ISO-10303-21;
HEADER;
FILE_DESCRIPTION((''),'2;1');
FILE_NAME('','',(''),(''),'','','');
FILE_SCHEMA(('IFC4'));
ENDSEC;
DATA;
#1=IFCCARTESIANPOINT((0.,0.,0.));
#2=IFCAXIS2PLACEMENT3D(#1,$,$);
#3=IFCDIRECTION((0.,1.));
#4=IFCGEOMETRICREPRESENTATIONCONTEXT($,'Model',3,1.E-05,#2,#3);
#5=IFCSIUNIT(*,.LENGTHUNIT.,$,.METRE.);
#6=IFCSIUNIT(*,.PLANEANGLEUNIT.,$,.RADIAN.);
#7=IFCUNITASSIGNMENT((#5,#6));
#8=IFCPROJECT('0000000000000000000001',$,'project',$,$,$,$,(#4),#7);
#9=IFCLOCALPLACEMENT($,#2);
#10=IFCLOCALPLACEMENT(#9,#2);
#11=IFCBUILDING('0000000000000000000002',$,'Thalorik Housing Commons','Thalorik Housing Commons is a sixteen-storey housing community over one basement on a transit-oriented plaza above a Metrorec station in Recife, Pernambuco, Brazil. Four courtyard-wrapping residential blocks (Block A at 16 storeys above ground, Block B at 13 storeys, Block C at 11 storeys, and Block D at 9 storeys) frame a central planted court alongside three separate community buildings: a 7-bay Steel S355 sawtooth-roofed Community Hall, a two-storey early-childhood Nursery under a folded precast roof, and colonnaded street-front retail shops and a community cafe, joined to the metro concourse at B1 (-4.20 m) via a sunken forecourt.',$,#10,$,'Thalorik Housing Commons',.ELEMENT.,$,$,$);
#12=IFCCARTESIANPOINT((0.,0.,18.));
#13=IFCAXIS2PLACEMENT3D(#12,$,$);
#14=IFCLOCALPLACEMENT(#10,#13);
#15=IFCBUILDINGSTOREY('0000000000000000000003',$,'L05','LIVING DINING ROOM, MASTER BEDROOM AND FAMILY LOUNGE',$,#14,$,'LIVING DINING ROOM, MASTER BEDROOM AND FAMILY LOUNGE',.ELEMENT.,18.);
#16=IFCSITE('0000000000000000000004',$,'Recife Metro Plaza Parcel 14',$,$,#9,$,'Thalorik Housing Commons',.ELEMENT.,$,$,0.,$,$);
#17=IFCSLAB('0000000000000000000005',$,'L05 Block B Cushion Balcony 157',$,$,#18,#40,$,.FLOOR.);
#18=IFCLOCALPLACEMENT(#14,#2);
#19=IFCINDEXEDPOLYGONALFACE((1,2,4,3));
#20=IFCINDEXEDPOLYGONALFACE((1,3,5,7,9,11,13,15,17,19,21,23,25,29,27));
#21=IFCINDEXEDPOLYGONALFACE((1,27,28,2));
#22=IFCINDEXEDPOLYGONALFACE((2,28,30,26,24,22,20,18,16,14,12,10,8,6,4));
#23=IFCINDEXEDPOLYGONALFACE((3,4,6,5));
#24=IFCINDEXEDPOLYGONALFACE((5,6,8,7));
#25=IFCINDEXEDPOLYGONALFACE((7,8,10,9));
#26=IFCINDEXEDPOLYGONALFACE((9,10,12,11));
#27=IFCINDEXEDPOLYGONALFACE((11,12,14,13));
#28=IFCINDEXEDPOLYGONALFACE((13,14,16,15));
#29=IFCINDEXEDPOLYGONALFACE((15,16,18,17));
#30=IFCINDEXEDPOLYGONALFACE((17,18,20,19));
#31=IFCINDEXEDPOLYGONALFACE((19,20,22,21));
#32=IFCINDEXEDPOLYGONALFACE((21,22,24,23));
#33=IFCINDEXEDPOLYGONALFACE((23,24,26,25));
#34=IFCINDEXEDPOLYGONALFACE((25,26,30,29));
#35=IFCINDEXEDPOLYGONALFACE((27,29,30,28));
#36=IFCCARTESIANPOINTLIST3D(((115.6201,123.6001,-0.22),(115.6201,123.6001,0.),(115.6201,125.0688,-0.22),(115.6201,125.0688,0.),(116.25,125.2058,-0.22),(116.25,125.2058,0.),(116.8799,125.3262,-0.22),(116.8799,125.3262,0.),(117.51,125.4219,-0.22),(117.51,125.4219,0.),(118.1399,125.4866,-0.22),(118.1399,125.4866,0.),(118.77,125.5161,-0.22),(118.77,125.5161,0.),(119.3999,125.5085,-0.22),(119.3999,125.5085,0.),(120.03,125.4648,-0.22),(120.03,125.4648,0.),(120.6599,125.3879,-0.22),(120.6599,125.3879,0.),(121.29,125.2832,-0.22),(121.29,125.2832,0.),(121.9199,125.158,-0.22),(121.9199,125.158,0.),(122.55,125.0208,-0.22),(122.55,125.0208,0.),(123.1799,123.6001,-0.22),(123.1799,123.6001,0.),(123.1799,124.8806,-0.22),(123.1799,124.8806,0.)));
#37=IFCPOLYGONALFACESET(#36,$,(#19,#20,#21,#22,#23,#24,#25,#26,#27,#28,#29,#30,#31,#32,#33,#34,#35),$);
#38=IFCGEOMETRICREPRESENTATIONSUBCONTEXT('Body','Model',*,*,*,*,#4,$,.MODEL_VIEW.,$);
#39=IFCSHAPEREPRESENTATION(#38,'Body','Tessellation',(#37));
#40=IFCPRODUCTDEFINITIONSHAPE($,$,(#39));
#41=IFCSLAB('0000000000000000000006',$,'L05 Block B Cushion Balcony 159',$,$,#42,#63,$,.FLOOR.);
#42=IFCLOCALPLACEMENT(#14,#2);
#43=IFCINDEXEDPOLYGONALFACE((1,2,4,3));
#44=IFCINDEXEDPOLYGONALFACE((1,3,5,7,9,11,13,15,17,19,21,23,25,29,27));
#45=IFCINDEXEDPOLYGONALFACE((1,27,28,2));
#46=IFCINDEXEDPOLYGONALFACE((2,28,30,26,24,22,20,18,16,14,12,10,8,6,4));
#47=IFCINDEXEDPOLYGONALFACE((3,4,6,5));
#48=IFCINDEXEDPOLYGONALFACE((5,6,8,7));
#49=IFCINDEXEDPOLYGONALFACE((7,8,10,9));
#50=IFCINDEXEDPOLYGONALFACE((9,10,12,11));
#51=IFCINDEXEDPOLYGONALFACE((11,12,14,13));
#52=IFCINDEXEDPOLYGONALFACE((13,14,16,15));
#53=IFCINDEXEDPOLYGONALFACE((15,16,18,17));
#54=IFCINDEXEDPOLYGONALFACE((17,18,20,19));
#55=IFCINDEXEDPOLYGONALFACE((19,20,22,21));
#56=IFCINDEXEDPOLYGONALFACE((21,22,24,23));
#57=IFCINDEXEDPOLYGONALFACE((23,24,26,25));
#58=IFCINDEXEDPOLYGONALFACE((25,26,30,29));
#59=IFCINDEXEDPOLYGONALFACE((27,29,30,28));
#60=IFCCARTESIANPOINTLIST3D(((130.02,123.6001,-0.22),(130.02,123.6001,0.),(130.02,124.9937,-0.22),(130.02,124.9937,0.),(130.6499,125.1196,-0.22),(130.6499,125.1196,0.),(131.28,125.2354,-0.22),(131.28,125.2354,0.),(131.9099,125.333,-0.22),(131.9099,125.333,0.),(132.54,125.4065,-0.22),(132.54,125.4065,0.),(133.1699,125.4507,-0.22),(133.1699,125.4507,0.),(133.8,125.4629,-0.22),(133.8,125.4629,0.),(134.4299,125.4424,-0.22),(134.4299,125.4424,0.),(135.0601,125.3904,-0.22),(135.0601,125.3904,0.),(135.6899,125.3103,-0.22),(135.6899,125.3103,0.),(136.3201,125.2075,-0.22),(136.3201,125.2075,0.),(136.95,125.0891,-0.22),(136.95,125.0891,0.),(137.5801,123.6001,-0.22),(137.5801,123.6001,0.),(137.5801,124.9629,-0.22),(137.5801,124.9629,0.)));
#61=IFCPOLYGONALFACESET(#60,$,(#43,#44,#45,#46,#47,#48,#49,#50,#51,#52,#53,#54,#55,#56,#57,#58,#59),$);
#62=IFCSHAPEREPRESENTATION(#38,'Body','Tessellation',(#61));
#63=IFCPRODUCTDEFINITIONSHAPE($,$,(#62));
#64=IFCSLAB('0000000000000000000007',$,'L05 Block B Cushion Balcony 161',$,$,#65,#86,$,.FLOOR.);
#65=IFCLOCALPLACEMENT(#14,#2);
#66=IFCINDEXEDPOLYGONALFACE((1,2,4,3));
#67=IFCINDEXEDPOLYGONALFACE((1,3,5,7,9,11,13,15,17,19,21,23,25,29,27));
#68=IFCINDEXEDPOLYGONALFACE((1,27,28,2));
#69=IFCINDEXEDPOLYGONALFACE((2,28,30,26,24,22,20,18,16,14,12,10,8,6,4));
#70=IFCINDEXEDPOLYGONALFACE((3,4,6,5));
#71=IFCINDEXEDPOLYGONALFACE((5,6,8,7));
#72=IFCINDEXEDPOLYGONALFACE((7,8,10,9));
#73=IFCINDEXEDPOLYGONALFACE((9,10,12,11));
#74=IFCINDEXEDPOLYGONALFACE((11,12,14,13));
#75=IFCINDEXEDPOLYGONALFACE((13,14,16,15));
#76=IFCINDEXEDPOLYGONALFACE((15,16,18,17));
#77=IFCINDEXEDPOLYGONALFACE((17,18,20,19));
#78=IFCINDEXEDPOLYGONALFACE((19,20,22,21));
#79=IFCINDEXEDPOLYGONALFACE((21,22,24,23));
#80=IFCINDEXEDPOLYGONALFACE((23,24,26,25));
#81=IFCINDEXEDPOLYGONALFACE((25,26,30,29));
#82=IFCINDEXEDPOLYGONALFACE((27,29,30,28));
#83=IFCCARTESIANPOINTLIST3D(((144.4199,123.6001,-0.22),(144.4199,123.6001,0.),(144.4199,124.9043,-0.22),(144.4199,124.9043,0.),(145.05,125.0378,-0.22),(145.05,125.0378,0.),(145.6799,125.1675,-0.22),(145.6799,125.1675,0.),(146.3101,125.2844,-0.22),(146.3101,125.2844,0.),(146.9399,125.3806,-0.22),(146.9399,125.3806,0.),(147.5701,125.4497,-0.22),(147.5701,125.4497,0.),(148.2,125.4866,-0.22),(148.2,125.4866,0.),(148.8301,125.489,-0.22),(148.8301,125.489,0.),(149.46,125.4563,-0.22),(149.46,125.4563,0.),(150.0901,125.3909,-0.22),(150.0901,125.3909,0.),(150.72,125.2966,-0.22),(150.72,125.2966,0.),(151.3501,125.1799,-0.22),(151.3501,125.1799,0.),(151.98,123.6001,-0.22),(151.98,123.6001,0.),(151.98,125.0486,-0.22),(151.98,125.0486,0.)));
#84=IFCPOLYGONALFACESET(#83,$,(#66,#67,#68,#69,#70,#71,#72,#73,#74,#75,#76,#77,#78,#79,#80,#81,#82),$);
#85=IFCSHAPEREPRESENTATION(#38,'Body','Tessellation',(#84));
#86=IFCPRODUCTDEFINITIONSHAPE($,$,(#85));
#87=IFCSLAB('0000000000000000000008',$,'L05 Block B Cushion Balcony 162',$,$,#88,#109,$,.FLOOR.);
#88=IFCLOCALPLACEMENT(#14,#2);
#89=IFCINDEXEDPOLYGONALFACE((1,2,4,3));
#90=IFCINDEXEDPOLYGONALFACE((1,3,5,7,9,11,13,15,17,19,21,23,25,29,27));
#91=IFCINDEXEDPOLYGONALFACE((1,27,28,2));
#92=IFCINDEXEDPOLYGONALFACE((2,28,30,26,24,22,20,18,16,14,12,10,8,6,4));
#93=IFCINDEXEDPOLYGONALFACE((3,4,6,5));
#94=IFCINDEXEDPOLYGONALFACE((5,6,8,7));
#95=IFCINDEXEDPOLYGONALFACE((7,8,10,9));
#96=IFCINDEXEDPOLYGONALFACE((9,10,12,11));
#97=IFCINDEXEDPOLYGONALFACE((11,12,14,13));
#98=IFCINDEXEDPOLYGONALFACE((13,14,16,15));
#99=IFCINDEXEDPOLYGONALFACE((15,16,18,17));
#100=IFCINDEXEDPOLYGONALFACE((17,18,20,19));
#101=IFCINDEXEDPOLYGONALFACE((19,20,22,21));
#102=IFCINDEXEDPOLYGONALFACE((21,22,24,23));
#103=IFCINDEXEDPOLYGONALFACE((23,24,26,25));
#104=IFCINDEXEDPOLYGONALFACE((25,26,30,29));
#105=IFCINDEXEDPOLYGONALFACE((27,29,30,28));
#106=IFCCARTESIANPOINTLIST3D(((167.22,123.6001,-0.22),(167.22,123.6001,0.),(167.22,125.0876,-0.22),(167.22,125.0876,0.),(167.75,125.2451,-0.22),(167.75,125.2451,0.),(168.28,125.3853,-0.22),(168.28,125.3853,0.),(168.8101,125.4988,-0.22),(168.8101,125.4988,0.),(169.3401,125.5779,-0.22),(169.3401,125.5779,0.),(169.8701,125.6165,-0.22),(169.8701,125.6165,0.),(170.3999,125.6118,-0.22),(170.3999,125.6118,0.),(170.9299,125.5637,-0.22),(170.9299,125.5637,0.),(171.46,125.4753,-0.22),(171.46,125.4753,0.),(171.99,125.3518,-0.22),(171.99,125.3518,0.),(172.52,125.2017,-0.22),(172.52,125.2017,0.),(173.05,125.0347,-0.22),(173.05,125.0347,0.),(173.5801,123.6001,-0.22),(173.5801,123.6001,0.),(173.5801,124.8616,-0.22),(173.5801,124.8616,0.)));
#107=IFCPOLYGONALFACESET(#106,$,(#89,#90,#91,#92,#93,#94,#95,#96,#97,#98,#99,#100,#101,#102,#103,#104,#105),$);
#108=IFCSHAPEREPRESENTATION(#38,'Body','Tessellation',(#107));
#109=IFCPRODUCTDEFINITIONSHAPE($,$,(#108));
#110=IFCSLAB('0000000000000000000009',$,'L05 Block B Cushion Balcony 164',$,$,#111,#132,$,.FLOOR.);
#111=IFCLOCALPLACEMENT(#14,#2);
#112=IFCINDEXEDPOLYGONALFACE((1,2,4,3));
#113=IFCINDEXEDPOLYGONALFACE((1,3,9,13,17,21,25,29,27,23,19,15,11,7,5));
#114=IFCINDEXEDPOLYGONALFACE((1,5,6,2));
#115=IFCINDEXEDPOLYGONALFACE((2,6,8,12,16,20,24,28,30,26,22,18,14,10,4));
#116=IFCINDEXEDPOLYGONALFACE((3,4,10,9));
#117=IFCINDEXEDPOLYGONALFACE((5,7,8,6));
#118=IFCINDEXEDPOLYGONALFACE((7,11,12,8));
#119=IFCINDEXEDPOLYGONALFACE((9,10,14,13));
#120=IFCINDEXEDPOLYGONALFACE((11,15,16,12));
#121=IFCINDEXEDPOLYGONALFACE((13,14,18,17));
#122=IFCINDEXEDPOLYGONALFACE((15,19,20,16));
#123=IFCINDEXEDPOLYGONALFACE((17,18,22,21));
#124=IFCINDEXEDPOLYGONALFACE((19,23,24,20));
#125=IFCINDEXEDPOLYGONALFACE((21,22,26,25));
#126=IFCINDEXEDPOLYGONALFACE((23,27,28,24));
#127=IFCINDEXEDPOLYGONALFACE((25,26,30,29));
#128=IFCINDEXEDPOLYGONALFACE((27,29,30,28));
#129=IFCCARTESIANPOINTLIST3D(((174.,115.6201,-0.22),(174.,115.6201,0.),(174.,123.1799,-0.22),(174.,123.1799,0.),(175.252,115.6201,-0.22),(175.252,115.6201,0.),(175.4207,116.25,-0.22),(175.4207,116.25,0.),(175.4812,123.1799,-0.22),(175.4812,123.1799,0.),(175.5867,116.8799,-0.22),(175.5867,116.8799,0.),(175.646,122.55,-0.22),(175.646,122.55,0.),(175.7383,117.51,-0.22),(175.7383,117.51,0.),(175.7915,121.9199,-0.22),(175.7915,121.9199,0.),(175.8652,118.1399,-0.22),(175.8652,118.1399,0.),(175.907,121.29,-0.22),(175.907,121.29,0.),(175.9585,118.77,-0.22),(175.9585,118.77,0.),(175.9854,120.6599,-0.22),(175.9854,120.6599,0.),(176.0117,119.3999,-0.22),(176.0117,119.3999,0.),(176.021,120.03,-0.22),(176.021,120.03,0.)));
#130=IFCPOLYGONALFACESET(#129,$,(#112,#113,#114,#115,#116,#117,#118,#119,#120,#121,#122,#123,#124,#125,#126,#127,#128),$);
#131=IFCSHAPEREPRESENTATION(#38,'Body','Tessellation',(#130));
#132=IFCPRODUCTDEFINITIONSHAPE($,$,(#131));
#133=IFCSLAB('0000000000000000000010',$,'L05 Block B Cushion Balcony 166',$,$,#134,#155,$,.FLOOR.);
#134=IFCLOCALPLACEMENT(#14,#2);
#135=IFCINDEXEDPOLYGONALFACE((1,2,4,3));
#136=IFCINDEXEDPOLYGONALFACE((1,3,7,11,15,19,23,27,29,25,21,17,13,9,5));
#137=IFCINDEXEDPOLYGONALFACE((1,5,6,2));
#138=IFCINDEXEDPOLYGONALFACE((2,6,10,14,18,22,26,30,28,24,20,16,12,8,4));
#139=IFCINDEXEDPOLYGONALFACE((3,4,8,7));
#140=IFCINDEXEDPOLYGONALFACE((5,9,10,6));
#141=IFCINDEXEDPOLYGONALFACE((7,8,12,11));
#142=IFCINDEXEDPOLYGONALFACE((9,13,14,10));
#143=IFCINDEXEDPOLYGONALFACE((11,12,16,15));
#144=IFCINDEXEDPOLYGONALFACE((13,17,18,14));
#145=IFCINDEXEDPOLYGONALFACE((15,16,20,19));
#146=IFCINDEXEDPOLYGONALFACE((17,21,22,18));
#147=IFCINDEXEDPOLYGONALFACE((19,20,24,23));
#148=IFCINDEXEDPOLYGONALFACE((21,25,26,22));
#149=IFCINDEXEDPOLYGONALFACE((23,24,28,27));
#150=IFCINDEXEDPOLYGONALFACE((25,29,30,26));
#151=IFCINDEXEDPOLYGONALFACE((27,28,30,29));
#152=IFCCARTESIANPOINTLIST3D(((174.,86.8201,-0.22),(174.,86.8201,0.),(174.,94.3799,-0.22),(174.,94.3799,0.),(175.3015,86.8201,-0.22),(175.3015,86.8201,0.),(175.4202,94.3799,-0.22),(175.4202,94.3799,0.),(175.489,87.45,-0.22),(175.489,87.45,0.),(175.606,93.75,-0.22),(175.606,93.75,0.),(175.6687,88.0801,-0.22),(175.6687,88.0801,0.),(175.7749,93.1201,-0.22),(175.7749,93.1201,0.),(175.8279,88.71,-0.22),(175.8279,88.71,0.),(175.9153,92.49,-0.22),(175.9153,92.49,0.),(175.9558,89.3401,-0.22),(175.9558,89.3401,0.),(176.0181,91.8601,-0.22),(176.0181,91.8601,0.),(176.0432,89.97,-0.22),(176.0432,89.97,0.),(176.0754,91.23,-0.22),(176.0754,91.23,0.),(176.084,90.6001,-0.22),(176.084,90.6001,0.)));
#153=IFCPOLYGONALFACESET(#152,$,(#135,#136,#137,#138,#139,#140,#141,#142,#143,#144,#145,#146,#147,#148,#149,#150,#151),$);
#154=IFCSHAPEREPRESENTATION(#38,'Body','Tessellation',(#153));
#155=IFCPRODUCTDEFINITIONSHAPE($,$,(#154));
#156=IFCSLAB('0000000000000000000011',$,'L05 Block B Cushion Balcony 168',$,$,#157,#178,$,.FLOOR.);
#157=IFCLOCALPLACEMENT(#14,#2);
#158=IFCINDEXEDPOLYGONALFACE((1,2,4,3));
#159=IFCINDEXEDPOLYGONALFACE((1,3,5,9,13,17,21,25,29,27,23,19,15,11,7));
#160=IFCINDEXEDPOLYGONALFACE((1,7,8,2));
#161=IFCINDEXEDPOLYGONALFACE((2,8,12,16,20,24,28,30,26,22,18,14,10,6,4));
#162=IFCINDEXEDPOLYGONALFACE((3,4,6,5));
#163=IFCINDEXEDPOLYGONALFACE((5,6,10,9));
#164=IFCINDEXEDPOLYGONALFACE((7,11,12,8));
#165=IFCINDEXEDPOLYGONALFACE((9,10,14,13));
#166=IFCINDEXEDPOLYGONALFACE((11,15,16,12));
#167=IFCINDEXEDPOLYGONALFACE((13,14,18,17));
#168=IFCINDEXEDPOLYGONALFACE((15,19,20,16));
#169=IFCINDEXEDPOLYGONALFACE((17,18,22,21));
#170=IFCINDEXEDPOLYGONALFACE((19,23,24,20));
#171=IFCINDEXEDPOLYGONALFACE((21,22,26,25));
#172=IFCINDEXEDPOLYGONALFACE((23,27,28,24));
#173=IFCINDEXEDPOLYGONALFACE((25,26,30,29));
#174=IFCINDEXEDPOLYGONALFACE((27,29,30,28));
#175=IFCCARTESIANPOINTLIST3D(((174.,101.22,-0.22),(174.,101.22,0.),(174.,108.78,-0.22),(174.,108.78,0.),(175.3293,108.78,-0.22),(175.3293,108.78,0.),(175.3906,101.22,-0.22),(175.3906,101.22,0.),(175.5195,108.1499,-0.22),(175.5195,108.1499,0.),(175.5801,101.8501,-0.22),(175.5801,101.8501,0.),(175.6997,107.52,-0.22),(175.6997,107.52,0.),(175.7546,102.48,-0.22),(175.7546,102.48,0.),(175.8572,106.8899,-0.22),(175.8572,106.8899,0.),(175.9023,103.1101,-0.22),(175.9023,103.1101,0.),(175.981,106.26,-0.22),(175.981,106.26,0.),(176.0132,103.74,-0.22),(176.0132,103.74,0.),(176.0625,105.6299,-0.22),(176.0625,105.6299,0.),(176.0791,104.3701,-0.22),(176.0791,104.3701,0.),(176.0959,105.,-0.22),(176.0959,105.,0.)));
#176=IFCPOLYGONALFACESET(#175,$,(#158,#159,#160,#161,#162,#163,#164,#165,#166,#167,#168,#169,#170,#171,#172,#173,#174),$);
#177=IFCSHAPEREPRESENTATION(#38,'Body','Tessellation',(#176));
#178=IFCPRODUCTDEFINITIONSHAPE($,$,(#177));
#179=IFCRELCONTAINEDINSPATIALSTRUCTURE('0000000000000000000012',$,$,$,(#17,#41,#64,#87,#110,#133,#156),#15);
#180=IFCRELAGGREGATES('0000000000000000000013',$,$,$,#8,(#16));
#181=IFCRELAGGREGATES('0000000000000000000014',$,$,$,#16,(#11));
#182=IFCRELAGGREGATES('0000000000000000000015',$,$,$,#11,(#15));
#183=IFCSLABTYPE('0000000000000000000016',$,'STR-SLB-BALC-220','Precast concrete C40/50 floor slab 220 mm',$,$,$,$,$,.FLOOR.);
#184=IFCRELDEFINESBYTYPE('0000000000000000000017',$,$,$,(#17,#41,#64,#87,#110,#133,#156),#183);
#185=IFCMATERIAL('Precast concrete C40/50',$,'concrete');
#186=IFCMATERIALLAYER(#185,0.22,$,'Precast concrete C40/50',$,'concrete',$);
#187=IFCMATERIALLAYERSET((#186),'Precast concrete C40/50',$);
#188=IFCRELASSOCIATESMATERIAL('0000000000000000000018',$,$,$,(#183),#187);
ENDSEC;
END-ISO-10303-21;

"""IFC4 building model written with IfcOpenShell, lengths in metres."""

from ifc_helpers import new_model, si_unit, direction, frame, origin, place, context, subcontext, project, spatial, polyline, outline, extrude, material, layer, layer_set, type_object, element, save


model = new_model("IFC4")

# Units and contexts
model_context = context("Model", 3, precision=1e-05, world=origin(), true_north=direction((0.0, 1.0)))
body_context = subcontext(model_context, "Body", "Model", "MODEL_VIEW")
ifc_project = project(units=[si_unit("LENGTHUNIT", "METRE"), si_unit("PLANEANGLEUNIT", "RADIAN")], contexts=[model_context])

# Site, building, storey
site_placement = place(None, origin())
site = spatial("IfcSite", under=ifc_project, at=site_placement, Name="Recife Metro Plaza Parcel 14", LongName="Thalorik Housing Commons", CompositionType="ELEMENT", RefElevation=0.0)
building_placement = place(site_placement, origin())
building = spatial("IfcBuilding", under=site, at=building_placement, Name="Thalorik Housing Commons", Description="Thalorik Housing Commons is a sixteen-storey housing community over one basement on a transit-oriented plaza above a Metrorec station in Recife, Pernambuco, Brazil. Four courtyard-wrapping residential blocks (Block A at 16 storeys above ground, Block B at 13 storeys, Block C at 11 storeys, and Block D at 9 storeys) frame a central planted court alongside three separate community buildings: a 7-bay Steel S355 sawtooth-roofed Community Hall, a two-storey early-childhood Nursery under a folded precast roof, and colonnaded street-front retail shops and a community cafe, joined to the metro concourse at B1 (-4.20 m) via a sunken forecourt.", LongName="Thalorik Housing Commons", CompositionType="ELEMENT")
storey_placement = place(building_placement, frame((0.0, 0.0, 18.0)))
storey = spatial("IfcBuildingStorey", under=building, at=storey_placement, Name="L05", Description="LIVING DINING ROOM, MASTER BEDROOM AND FAMILY LOUNGE", LongName="LIVING DINING ROOM, MASTER BEDROOM AND FAMILY LOUNGE", CompositionType="ELEMENT", Elevation=18.0)

# Slabs
ifc_material_1 = material(Name="Precast concrete C40/50", Category="concrete")
ifc_layer_1 = layer(ifc_material_1, 0.22, Name="Precast concrete C40/50", Category="concrete")
ifc_layer_set_1 = layer_set([ifc_layer_1], Name="Precast concrete C40/50")
slab_type_1 = type_object("IfcSlabType", Name="STR-SLB-BALC-220", Description="Precast concrete C40/50 floor slab 220 mm", PredefinedType="FLOOR", material=ifc_layer_set_1)
slab_1_placement = place(storey_placement, frame((0.0, 0.0, -0.22)))
element("IfcSlab", 1, at=slab_1_placement, inside=storey, type_object=slab_type_1, Name="L05 Block B Cushion Balcony 157", PredefinedType="FLOOR", context=body_context, shape_type="SweptSolid", body=[
    extrude(outline(polyline([(115.6201, 123.6001), (123.1799, 123.6001), (123.1799, 124.8806), (122.55, 125.0208), (121.9199, 125.158), (121.29, 125.2832), (120.6599, 125.3879), (120.03, 125.4648), (119.3999, 125.5085), (118.77, 125.5161), (118.1399, 125.4866), (117.51, 125.4219), (116.8799, 125.3262), (116.25, 125.2058), (115.6201, 125.0688), (115.6201, 123.6001)])), origin(), (0.0, 0.0, 1.0), 0.22),
])
slab_2_placement = place(storey_placement, frame((0.0, 0.0, -0.22)))
element("IfcSlab", 2, at=slab_2_placement, inside=storey, type_object=slab_type_1, Name="L05 Block B Cushion Balcony 159", PredefinedType="FLOOR", context=body_context, shape_type="SweptSolid", body=[
    extrude(outline(polyline([(130.02, 123.6001), (137.5801, 123.6001), (137.5801, 124.9629), (136.95, 125.0891), (136.3201, 125.2075), (135.6899, 125.3103), (135.0601, 125.3904), (134.4299, 125.4424), (133.8, 125.4629), (133.1699, 125.4507), (132.54, 125.4065), (131.9099, 125.333), (131.28, 125.2354), (130.6499, 125.1196), (130.02, 124.9937), (130.02, 123.6001)])), origin(), (0.0, 0.0, 1.0), 0.22),
])
slab_3_placement = place(storey_placement, frame((0.0, 0.0, -0.22)))
element("IfcSlab", 3, at=slab_3_placement, inside=storey, type_object=slab_type_1, Name="L05 Block B Cushion Balcony 161", PredefinedType="FLOOR", context=body_context, shape_type="SweptSolid", body=[
    extrude(outline(polyline([(144.4199, 123.6001), (151.98, 123.6001), (151.98, 125.0486), (151.3501, 125.1799), (150.72, 125.2966), (150.0901, 125.3909), (149.46, 125.4563), (148.8301, 125.489), (148.2, 125.4866), (147.5701, 125.4497), (146.9399, 125.3806), (146.3101, 125.2844), (145.6799, 125.1675), (145.05, 125.0378), (144.4199, 124.9043), (144.4199, 123.6001)])), origin(), (0.0, 0.0, 1.0), 0.22),
])
slab_4_placement = place(storey_placement, frame((0.0, 0.0, -0.22)))
element("IfcSlab", 4, at=slab_4_placement, inside=storey, type_object=slab_type_1, Name="L05 Block B Cushion Balcony 162", PredefinedType="FLOOR", context=body_context, shape_type="SweptSolid", body=[
    extrude(outline(polyline([(167.22, 123.6001), (173.5801, 123.6001), (173.5801, 124.8616), (173.05, 125.0347), (172.52, 125.2017), (171.99, 125.3518), (171.46, 125.4753), (170.9299, 125.5637), (170.3999, 125.6118), (169.8701, 125.6165), (169.3401, 125.5779), (168.8101, 125.4988), (168.28, 125.3853), (167.75, 125.2451), (167.22, 125.0876), (167.22, 123.6001)])), origin(), (0.0, 0.0, 1.0), 0.22),
])
slab_5_placement = place(storey_placement, frame((0.0, 0.0, -0.22)))
element("IfcSlab", 5, at=slab_5_placement, inside=storey, type_object=slab_type_1, Name="L05 Block B Cushion Balcony 164", PredefinedType="FLOOR", context=body_context, shape_type="SweptSolid", body=[
    extrude(outline(polyline([(175.252, 115.6201), (175.4207, 116.25), (175.5867, 116.8799), (175.7383, 117.51), (175.8652, 118.1399), (175.9585, 118.77), (176.0117, 119.3999), (176.021, 120.03), (175.9854, 120.6599), (175.907, 121.29), (175.7915, 121.9199), (175.646, 122.55), (175.4812, 123.1799), (174.0, 123.1799), (174.0, 115.6201), (175.252, 115.6201)])), origin(), (0.0, 0.0, 1.0), 0.22),
])
slab_6_placement = place(storey_placement, frame((0.0, 0.0, -0.22)))
element("IfcSlab", 6, at=slab_6_placement, inside=storey, type_object=slab_type_1, Name="L05 Block B Cushion Balcony 166", PredefinedType="FLOOR", context=body_context, shape_type="SweptSolid", body=[
    extrude(outline(polyline([(175.3015, 86.8201), (175.489, 87.45), (175.6687, 88.0801), (175.8279, 88.71), (175.9558, 89.3401), (176.0432, 89.97), (176.084, 90.6001), (176.0754, 91.23), (176.0181, 91.8601), (175.9153, 92.49), (175.7749, 93.1201), (175.606, 93.75), (175.4202, 94.3799), (174.0, 94.3799), (174.0, 86.8201), (175.3015, 86.8201)])), origin(), (0.0, 0.0, 1.0), 0.22),
])
slab_7_placement = place(storey_placement, frame((0.0, 0.0, -0.22)))
element("IfcSlab", 7, at=slab_7_placement, inside=storey, type_object=slab_type_1, Name="L05 Block B Cushion Balcony 168", PredefinedType="FLOOR", context=body_context, shape_type="SweptSolid", body=[
    extrude(outline(polyline([(175.3906, 101.22), (175.5801, 101.8501), (175.7546, 102.48), (175.9023, 103.1101), (176.0132, 103.74), (176.0791, 104.3701), (176.0959, 105.0), (176.0625, 105.6299), (175.981, 106.26), (175.8572, 106.8899), (175.6997, 107.52), (175.5195, 108.1499), (175.3293, 108.78), (174.0, 108.78), (174.0, 101.22), (175.3906, 101.22)])), origin(), (0.0, 0.0, 1.0), 0.22),
])

save(model, "model.ifc")
